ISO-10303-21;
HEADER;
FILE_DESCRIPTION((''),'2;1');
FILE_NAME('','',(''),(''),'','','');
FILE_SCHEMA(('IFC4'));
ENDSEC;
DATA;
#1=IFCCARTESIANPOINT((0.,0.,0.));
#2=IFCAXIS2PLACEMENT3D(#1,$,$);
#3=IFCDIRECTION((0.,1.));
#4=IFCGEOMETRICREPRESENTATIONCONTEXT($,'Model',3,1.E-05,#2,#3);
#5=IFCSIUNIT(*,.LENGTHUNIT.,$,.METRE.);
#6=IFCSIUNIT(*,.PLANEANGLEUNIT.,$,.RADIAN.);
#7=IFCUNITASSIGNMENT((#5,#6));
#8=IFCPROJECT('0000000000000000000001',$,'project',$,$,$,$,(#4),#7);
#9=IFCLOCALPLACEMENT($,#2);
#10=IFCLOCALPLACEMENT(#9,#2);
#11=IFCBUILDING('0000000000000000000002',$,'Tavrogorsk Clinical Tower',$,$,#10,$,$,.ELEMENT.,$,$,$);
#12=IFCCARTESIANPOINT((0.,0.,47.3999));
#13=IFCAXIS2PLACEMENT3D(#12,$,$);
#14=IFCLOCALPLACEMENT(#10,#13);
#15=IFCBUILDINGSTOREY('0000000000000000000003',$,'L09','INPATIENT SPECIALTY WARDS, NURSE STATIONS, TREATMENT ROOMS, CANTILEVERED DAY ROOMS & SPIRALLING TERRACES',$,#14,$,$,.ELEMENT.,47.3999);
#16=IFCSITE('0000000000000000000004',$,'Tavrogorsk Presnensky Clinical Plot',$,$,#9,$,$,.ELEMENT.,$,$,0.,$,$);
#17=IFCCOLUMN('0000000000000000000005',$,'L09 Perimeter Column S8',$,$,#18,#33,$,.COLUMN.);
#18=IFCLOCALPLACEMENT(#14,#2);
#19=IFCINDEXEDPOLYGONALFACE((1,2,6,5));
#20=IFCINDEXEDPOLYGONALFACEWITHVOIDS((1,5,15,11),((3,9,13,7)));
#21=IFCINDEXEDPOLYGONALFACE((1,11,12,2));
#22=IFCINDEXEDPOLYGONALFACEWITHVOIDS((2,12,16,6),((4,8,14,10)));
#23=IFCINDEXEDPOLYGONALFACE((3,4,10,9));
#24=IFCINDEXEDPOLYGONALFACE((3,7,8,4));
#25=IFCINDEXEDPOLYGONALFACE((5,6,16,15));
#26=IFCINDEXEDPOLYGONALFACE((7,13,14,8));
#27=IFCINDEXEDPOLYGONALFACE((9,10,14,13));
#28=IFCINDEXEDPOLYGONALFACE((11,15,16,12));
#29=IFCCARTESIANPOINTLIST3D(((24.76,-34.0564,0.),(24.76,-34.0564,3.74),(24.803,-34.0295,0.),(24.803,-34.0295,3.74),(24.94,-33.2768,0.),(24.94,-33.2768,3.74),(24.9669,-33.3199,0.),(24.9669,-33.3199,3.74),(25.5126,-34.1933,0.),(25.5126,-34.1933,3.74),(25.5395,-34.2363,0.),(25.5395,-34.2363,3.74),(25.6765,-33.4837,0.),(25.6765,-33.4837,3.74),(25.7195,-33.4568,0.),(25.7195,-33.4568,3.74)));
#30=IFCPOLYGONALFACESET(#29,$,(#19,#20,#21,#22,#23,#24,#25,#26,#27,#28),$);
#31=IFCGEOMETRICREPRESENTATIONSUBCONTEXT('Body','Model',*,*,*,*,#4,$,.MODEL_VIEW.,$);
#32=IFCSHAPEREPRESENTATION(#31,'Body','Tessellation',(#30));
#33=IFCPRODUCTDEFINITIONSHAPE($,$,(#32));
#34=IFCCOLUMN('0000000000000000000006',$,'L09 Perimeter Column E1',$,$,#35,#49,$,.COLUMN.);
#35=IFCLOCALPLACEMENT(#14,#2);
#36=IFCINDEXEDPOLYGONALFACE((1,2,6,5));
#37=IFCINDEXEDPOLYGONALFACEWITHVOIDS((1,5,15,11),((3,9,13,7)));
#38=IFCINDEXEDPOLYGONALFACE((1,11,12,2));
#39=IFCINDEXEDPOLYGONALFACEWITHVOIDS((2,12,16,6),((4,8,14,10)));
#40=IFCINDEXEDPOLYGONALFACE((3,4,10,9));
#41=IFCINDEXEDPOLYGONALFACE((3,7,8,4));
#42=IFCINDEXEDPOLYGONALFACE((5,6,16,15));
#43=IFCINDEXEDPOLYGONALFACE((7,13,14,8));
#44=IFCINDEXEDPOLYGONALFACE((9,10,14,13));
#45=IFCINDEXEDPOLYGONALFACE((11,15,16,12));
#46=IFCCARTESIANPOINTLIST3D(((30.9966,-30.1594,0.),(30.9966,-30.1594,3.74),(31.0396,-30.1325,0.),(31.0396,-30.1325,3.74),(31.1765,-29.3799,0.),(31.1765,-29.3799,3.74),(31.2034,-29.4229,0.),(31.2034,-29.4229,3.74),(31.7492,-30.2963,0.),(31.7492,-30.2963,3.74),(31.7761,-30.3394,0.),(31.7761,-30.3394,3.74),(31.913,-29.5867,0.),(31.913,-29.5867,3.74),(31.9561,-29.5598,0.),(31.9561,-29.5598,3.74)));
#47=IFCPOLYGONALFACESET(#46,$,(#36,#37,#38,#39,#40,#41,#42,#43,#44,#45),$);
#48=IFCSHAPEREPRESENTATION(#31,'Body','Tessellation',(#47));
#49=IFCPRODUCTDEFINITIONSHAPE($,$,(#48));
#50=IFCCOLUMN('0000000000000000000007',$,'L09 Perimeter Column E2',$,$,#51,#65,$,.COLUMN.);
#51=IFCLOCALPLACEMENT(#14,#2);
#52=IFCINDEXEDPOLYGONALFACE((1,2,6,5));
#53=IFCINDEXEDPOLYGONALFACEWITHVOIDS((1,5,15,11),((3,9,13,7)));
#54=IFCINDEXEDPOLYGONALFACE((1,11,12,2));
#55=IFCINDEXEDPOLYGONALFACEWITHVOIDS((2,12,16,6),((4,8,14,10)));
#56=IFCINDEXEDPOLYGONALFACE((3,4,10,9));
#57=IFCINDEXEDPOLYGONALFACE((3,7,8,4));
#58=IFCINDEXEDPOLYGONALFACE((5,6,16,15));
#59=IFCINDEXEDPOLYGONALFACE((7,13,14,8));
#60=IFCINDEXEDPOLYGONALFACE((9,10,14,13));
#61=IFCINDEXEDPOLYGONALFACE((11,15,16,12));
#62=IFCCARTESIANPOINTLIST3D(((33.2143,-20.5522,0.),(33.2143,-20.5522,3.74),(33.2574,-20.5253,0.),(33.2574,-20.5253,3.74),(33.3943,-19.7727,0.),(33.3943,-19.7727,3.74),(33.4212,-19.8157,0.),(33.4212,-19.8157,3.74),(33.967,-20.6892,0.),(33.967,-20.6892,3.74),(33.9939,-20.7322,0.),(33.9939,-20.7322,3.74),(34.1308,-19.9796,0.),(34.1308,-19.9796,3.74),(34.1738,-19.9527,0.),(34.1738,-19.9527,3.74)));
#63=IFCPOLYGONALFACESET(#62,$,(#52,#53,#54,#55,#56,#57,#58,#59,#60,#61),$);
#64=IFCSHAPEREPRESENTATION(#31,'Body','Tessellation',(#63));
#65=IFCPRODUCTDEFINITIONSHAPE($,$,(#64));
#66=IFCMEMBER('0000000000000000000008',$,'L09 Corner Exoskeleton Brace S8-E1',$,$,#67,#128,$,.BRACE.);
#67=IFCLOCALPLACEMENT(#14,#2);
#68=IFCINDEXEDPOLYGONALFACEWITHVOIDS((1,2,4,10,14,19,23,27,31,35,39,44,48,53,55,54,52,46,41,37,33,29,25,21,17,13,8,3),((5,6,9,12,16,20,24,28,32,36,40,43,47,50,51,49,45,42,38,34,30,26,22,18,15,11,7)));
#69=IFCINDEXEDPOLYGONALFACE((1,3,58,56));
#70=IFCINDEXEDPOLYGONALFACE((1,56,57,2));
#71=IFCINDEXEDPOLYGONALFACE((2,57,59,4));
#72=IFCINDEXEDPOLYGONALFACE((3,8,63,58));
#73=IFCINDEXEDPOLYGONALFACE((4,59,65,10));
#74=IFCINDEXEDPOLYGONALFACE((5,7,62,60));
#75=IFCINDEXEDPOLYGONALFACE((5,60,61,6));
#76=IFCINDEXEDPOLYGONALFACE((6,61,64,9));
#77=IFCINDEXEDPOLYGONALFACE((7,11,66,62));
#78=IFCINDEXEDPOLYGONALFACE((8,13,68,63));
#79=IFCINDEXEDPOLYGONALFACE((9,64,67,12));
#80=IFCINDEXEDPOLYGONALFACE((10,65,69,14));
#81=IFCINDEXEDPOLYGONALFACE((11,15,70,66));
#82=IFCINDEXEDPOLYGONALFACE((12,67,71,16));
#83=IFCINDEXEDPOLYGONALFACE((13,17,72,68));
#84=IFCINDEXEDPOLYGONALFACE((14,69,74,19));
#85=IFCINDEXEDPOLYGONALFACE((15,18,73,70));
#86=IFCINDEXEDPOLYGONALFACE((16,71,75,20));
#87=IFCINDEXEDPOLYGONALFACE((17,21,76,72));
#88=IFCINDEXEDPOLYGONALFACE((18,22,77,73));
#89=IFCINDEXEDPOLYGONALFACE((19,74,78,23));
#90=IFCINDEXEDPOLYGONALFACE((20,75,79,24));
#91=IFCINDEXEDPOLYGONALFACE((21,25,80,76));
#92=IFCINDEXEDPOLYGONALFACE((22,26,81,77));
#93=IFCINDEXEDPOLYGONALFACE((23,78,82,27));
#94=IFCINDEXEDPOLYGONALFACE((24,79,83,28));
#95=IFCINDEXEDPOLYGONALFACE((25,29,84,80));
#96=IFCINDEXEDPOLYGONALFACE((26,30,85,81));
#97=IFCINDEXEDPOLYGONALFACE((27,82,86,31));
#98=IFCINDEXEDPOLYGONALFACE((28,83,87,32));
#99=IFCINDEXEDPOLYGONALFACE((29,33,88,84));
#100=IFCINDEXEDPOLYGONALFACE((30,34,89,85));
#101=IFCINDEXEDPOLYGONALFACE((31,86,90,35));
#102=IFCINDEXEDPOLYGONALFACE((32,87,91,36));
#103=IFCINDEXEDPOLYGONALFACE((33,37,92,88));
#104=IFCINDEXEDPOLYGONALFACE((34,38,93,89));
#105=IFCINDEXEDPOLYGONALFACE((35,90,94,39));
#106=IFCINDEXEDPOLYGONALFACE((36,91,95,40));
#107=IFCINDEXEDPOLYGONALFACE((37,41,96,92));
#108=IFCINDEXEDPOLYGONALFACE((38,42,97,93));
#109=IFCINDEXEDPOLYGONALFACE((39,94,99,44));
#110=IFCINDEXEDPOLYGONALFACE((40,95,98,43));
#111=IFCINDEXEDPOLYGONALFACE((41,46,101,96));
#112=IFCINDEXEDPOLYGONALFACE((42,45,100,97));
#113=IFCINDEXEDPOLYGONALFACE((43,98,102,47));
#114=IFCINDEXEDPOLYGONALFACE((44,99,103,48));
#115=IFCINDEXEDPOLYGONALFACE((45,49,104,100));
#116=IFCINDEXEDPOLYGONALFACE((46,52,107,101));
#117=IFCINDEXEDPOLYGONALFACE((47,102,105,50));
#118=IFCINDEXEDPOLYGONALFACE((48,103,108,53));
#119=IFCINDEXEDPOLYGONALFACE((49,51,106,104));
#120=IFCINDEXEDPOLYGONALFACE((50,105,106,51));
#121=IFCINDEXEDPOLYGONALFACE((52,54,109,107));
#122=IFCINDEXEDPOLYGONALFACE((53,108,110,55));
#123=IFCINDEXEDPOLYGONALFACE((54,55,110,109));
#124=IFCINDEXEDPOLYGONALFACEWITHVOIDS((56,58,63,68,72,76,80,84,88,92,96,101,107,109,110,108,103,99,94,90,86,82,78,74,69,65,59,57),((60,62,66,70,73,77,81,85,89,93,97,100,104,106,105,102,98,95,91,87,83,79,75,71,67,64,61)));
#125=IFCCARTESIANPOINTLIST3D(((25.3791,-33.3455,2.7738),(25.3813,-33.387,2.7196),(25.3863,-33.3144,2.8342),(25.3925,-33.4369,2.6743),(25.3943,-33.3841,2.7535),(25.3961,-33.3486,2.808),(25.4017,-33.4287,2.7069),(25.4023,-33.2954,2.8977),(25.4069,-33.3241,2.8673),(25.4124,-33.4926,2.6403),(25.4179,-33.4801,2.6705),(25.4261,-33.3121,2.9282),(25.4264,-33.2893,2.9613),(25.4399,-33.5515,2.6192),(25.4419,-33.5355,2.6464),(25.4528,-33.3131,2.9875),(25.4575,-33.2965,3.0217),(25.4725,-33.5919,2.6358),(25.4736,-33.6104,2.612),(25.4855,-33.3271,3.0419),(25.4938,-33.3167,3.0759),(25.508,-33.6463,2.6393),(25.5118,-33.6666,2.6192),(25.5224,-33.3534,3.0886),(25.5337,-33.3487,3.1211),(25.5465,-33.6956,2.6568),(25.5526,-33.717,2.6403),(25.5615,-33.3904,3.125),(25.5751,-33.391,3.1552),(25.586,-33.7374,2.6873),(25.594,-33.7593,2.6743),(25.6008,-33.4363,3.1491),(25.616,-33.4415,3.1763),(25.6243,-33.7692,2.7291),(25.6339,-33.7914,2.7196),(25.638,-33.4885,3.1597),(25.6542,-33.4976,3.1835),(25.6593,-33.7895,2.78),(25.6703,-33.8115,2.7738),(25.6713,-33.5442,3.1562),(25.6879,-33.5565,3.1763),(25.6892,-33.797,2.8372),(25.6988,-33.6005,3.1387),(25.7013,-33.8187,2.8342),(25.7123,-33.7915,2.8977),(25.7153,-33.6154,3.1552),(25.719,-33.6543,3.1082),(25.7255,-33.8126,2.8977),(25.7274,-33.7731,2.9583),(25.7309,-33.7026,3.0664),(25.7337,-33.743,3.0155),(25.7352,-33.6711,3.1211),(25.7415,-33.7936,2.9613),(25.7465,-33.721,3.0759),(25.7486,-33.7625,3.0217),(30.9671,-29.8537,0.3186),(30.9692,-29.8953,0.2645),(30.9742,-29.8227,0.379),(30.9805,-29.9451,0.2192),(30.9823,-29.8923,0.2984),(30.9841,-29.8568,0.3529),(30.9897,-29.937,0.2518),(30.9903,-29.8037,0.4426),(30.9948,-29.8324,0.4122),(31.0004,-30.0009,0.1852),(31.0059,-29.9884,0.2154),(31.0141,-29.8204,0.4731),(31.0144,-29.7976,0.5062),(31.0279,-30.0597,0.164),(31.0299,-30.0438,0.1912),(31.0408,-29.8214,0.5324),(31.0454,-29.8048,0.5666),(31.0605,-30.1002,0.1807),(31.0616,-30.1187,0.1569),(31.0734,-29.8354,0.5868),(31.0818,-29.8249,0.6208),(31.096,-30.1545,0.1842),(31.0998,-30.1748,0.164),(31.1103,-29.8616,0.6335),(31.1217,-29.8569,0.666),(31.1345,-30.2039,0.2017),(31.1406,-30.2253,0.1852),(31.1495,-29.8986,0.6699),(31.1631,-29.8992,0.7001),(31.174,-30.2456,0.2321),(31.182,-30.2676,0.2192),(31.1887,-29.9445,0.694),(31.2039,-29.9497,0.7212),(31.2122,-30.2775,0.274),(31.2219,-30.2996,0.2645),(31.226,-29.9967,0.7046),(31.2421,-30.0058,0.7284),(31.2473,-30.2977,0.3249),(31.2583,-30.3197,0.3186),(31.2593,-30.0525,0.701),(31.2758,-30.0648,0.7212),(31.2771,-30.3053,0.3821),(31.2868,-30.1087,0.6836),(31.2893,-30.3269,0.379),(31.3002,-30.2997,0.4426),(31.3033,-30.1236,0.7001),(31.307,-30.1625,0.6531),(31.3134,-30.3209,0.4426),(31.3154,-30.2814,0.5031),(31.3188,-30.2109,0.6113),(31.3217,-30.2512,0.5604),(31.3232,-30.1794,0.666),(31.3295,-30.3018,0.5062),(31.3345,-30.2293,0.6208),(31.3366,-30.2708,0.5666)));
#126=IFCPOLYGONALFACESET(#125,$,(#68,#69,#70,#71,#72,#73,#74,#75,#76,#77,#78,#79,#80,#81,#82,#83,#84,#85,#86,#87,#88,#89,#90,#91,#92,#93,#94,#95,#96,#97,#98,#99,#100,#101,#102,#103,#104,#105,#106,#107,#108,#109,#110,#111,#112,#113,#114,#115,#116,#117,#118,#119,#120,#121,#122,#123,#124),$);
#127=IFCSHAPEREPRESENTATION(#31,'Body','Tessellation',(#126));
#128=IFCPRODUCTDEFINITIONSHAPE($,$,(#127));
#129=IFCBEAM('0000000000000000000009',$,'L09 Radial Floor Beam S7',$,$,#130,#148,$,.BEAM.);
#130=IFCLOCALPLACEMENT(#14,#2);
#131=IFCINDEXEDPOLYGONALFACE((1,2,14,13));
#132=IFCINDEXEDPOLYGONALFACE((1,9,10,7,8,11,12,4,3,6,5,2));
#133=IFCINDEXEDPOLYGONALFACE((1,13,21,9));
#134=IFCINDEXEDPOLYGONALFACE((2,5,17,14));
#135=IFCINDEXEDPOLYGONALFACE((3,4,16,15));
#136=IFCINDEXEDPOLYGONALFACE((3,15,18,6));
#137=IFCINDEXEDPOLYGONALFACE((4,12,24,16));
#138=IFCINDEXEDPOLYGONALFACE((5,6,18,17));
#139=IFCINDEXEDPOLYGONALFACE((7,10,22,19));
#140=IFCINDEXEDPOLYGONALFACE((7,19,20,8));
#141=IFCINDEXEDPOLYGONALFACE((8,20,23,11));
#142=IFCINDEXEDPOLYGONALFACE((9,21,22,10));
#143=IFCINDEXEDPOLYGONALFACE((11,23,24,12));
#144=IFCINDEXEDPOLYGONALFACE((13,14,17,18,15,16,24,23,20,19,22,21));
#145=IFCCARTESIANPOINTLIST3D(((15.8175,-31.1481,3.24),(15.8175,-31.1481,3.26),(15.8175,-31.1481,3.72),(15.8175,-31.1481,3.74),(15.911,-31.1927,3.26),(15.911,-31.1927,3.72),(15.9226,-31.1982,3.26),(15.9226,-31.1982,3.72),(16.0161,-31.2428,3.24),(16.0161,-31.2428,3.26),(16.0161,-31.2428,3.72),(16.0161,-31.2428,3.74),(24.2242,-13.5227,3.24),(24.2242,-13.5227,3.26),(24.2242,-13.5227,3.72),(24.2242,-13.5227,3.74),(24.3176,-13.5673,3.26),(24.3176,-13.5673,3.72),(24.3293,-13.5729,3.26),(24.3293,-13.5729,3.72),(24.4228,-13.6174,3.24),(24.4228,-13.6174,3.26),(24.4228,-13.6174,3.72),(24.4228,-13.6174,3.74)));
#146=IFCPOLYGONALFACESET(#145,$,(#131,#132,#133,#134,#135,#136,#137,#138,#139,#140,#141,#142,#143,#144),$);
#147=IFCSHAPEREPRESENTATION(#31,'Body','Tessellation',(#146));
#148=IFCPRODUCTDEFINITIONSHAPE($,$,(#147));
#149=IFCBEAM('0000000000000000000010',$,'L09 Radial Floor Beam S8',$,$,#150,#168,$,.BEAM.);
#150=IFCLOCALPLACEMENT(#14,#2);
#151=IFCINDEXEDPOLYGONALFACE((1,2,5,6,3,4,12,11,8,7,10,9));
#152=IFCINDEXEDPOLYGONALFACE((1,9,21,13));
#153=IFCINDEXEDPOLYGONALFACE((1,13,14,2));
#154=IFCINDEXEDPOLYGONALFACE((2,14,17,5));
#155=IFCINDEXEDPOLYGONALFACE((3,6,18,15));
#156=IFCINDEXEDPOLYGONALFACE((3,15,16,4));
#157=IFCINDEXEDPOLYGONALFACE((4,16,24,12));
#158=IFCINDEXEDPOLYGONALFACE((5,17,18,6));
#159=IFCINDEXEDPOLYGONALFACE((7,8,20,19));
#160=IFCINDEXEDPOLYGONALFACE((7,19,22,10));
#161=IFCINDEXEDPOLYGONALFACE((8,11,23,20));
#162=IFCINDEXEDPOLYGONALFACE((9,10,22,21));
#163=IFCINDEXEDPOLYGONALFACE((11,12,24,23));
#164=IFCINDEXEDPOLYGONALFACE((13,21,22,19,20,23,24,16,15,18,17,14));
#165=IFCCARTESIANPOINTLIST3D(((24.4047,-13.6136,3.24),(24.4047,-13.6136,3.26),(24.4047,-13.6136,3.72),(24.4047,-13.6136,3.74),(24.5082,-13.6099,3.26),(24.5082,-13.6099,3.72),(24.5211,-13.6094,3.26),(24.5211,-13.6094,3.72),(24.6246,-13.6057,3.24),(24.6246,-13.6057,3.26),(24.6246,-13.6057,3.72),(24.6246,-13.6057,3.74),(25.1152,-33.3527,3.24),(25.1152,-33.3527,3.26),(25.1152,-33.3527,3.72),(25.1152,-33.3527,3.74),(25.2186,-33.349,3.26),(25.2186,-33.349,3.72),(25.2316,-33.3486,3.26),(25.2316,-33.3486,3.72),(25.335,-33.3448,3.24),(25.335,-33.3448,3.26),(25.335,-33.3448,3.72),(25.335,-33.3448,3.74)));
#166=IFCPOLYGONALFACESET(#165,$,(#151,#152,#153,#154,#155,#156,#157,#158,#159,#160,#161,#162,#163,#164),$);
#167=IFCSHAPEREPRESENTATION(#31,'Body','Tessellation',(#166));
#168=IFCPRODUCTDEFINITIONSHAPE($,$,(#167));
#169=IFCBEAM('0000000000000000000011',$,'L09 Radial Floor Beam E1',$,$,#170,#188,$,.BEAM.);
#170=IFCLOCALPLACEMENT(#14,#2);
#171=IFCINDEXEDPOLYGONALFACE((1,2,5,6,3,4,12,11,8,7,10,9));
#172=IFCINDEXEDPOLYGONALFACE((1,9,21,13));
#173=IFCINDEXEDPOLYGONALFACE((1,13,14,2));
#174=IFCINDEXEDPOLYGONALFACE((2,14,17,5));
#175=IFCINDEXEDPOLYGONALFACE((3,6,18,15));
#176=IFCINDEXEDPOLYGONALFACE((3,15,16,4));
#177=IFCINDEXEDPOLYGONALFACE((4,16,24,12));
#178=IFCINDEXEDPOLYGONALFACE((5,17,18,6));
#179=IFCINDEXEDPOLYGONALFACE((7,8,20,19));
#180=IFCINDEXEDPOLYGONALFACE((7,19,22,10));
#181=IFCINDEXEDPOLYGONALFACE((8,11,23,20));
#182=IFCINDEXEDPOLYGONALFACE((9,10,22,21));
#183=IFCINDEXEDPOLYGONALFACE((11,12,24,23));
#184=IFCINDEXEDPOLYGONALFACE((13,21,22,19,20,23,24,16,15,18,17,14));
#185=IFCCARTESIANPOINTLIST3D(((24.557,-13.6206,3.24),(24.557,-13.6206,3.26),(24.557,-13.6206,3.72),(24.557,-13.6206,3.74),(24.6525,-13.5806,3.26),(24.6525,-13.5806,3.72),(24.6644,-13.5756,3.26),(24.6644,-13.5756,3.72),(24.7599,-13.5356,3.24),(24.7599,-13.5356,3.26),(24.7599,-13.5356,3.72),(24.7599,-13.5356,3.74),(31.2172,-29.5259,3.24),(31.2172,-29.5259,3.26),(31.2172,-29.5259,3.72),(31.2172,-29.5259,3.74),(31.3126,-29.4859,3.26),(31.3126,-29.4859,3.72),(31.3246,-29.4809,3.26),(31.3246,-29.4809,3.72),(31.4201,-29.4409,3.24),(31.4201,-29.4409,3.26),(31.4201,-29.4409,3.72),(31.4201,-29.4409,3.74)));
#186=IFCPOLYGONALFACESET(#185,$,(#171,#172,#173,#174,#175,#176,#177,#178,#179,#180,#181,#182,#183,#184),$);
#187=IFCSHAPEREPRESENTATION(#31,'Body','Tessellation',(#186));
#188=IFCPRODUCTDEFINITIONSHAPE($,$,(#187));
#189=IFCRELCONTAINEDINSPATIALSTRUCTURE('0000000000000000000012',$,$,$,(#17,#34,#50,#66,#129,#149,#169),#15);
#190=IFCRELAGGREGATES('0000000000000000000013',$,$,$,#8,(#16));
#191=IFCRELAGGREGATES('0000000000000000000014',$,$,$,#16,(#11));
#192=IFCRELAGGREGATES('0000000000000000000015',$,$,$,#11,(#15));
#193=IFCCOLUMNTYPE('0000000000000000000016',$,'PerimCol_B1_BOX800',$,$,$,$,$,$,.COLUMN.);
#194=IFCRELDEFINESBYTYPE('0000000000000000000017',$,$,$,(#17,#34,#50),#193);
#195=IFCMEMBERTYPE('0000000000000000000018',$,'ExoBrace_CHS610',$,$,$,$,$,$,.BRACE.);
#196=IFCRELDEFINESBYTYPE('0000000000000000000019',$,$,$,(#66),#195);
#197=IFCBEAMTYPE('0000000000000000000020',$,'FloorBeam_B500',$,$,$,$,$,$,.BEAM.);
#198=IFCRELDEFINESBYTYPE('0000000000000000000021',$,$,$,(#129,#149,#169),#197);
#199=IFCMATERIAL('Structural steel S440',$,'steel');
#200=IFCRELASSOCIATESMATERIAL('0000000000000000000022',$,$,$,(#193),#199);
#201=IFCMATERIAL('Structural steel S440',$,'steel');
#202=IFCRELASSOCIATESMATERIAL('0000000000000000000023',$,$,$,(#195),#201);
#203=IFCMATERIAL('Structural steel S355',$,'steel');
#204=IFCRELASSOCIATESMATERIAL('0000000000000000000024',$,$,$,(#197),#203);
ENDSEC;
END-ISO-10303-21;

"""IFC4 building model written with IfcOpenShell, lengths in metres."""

from ifc_helpers import new_model, si_unit, direction, frame, origin, origin_2d, place, context, subcontext, project, spatial, hollow_rectangle, hollow_circle, i_section, extrude, material, material_profile, profile_set, type_object, element, save


model = new_model("IFC4")

# Units and contexts
model_context = context("Model", 3, precision=1e-05, world=origin(), true_north=direction((0.0, 1.0)))
body_context = subcontext(model_context, "Body", "Model", "MODEL_VIEW")
ifc_project = project(units=[si_unit("LENGTHUNIT", "METRE"), si_unit("PLANEANGLEUNIT", "RADIAN")], contexts=[model_context])

# Site, building, storey
site_placement = place(None, origin())
site = spatial("IfcSite", under=ifc_project, at=site_placement, Name="Tavrogorsk Presnensky Clinical Plot", CompositionType="ELEMENT", RefElevation=0.0)
building_placement = place(site_placement, origin())
building = spatial("IfcBuilding", under=site, at=building_placement, Name="Tavrogorsk Clinical Tower", CompositionType="ELEMENT")
storey_placement = place(building_placement, frame((0.0, 0.0, 47.3999)))
storey = spatial("IfcBuildingStorey", under=building, at=storey_placement, Name="L09", Description="INPATIENT SPECIALTY WARDS, NURSE STATIONS, TREATMENT ROOMS, CANTILEVERED DAY ROOMS & SPIRALLING TERRACES", CompositionType="ELEMENT", Elevation=47.3999)

# Columns
ifc_material_1 = material(Name="Structural steel S440", Category="steel")
ifc_material_profile_1 = material_profile(ifc_material_1, hollow_rectangle(XDim=0.8, YDim=0.8, WallThickness=0.0359, at=origin_2d()), Name="BOX-800x800x36")
ifc_profile_set_1 = profile_set([ifc_material_profile_1], Name="Structural steel S440")
column_type = type_object("IfcColumnType", Name="PerimCol_B1_BOX800", PredefinedType="COLUMN", material=ifc_profile_set_1)
for number, where, z_axis, x_axis, name in (
    (1, (25.2397, -33.7566, 0.0), (0.0, 0.0, 1.0), (0.97437, -0.224951, 0.0), "L09 Perimeter Column S8"),
    (2, (31.4763, -29.8596, 0.0), (0.0, 0.0, 1.0), (0.97437, -0.224951, 0.0), "L09 Perimeter Column E1"),
    (3, (33.6941, -20.2524, 0.0), (0.0, 0.0, 1.0), (0.97437, -0.224951, 0.0), "L09 Perimeter Column E2"),
):
    element("IfcColumn", number, at=place(storey_placement, frame(where, z_axis=z_axis, x_axis=x_axis)), inside=storey, type_object=column_type, Name=name, PredefinedType="COLUMN", context=body_context, shape_type="SweptSolid", body=[
        extrude(hollow_rectangle(XDim=0.8, YDim=0.8, WallThickness=0.0359, at=origin_2d()), origin(), (0.0, 0.0, 1.0), 3.74),
    ])

# Member
ifc_material_2 = material(Name="Structural steel S440", Category="steel")
ifc_material_profile_2 = material_profile(ifc_material_2, hollow_circle(Radius=0.3049, WallThickness=0.0249, at=origin_2d()), Name="CHS-610x25")
ifc_profile_set_2 = profile_set([ifc_material_profile_2], Name="Structural steel S440")
member_type_1 = type_object("IfcMemberType", Name="ExoBrace_CHS610", PredefinedType="BRACE", material=ifc_profile_set_2)
member_1_placement = place(storey_placement, frame((31.1519, -30.0623, 0.4426), z_axis=(-0.794679, -0.49657, 0.349148), x_axis=(0.529919, -0.848048, 0.0)))
element("IfcMember", 4, at=member_1_placement, inside=storey, type_object=member_type_1, Name="L09 Corner Exoskeleton Brace S8-E1", PredefinedType="BRACE", context=body_context, shape_type="SweptSolid", body=[
    extrude(hollow_circle(Radius=0.3049, WallThickness=0.0249, at=origin_2d()), origin(), (0.0, 0.0, 1.0), 7.0317),
])

# Beams
ifc_material_3 = material(Name="Structural steel S355", Category="steel")
ifc_material_profile_3 = material_profile(ifc_material_3, i_section(OverallWidth=0.22, OverallDepth=0.5, WebThickness=0.0129, FlangeThickness=0.02, at=origin_2d()), Name="B-500x220x13x20")
ifc_profile_set_3 = profile_set([ifc_material_profile_3], Name="Structural steel S355")
beam_type_1 = type_object("IfcBeamType", Name="FloorBeam_B500", PredefinedType="BEAM", material=ifc_profile_set_3)
beam_1_placement = place(storey_placement, frame((24.3235, -13.5701, 3.49), z_axis=(-0.430503, -0.902589, 0.0), x_axis=(0.902589, -0.430503, 0.0)))
element("IfcBeam", 5, at=beam_1_placement, inside=storey, type_object=beam_type_1, Name="L09 Radial Floor Beam S7", PredefinedType="BEAM", context=body_context, shape_type="SweptSolid", body=[
    extrude(i_section(OverallWidth=0.22, OverallDepth=0.5, WebThickness=0.0129, FlangeThickness=0.02, at=origin_2d()), origin(), (0.0, 0.0, 1.0), 19.5276),
])
beam_2_placement = place(storey_placement, frame((24.5146, -13.6096, 3.49), z_axis=(0.035968, -0.999353, 0.0), x_axis=(0.999353, 0.035968, 0.0)))
element("IfcBeam", 6, at=beam_2_placement, inside=storey, type_object=beam_type_1, Name="L09 Radial Floor Beam S8", PredefinedType="BEAM", context=body_context, shape_type="SweptSolid", body=[
    extrude(i_section(OverallWidth=0.22, OverallDepth=0.5, WebThickness=0.0129, FlangeThickness=0.02, at=origin_2d()), origin(), (0.0, 0.0, 1.0), 19.752),
])
beam_3_placement = place(storey_placement, frame((24.6584, -13.5781, 3.49), z_axis=(0.386243, -0.922397, 0.0), x_axis=(0.922397, 0.386243, 0.0)))
element("IfcBeam", 7, at=beam_3_placement, inside=storey, type_object=beam_type_1, Name="L09 Radial Floor Beam E1", PredefinedType="BEAM", context=body_context, shape_type="SweptSolid", body=[
    extrude(i_section(OverallWidth=0.22, OverallDepth=0.5, WebThickness=0.0129, FlangeThickness=0.02, at=origin_2d()), origin(), (0.0, 0.0, 1.0), 17.2434),
])

save(model, "model.ifc")
